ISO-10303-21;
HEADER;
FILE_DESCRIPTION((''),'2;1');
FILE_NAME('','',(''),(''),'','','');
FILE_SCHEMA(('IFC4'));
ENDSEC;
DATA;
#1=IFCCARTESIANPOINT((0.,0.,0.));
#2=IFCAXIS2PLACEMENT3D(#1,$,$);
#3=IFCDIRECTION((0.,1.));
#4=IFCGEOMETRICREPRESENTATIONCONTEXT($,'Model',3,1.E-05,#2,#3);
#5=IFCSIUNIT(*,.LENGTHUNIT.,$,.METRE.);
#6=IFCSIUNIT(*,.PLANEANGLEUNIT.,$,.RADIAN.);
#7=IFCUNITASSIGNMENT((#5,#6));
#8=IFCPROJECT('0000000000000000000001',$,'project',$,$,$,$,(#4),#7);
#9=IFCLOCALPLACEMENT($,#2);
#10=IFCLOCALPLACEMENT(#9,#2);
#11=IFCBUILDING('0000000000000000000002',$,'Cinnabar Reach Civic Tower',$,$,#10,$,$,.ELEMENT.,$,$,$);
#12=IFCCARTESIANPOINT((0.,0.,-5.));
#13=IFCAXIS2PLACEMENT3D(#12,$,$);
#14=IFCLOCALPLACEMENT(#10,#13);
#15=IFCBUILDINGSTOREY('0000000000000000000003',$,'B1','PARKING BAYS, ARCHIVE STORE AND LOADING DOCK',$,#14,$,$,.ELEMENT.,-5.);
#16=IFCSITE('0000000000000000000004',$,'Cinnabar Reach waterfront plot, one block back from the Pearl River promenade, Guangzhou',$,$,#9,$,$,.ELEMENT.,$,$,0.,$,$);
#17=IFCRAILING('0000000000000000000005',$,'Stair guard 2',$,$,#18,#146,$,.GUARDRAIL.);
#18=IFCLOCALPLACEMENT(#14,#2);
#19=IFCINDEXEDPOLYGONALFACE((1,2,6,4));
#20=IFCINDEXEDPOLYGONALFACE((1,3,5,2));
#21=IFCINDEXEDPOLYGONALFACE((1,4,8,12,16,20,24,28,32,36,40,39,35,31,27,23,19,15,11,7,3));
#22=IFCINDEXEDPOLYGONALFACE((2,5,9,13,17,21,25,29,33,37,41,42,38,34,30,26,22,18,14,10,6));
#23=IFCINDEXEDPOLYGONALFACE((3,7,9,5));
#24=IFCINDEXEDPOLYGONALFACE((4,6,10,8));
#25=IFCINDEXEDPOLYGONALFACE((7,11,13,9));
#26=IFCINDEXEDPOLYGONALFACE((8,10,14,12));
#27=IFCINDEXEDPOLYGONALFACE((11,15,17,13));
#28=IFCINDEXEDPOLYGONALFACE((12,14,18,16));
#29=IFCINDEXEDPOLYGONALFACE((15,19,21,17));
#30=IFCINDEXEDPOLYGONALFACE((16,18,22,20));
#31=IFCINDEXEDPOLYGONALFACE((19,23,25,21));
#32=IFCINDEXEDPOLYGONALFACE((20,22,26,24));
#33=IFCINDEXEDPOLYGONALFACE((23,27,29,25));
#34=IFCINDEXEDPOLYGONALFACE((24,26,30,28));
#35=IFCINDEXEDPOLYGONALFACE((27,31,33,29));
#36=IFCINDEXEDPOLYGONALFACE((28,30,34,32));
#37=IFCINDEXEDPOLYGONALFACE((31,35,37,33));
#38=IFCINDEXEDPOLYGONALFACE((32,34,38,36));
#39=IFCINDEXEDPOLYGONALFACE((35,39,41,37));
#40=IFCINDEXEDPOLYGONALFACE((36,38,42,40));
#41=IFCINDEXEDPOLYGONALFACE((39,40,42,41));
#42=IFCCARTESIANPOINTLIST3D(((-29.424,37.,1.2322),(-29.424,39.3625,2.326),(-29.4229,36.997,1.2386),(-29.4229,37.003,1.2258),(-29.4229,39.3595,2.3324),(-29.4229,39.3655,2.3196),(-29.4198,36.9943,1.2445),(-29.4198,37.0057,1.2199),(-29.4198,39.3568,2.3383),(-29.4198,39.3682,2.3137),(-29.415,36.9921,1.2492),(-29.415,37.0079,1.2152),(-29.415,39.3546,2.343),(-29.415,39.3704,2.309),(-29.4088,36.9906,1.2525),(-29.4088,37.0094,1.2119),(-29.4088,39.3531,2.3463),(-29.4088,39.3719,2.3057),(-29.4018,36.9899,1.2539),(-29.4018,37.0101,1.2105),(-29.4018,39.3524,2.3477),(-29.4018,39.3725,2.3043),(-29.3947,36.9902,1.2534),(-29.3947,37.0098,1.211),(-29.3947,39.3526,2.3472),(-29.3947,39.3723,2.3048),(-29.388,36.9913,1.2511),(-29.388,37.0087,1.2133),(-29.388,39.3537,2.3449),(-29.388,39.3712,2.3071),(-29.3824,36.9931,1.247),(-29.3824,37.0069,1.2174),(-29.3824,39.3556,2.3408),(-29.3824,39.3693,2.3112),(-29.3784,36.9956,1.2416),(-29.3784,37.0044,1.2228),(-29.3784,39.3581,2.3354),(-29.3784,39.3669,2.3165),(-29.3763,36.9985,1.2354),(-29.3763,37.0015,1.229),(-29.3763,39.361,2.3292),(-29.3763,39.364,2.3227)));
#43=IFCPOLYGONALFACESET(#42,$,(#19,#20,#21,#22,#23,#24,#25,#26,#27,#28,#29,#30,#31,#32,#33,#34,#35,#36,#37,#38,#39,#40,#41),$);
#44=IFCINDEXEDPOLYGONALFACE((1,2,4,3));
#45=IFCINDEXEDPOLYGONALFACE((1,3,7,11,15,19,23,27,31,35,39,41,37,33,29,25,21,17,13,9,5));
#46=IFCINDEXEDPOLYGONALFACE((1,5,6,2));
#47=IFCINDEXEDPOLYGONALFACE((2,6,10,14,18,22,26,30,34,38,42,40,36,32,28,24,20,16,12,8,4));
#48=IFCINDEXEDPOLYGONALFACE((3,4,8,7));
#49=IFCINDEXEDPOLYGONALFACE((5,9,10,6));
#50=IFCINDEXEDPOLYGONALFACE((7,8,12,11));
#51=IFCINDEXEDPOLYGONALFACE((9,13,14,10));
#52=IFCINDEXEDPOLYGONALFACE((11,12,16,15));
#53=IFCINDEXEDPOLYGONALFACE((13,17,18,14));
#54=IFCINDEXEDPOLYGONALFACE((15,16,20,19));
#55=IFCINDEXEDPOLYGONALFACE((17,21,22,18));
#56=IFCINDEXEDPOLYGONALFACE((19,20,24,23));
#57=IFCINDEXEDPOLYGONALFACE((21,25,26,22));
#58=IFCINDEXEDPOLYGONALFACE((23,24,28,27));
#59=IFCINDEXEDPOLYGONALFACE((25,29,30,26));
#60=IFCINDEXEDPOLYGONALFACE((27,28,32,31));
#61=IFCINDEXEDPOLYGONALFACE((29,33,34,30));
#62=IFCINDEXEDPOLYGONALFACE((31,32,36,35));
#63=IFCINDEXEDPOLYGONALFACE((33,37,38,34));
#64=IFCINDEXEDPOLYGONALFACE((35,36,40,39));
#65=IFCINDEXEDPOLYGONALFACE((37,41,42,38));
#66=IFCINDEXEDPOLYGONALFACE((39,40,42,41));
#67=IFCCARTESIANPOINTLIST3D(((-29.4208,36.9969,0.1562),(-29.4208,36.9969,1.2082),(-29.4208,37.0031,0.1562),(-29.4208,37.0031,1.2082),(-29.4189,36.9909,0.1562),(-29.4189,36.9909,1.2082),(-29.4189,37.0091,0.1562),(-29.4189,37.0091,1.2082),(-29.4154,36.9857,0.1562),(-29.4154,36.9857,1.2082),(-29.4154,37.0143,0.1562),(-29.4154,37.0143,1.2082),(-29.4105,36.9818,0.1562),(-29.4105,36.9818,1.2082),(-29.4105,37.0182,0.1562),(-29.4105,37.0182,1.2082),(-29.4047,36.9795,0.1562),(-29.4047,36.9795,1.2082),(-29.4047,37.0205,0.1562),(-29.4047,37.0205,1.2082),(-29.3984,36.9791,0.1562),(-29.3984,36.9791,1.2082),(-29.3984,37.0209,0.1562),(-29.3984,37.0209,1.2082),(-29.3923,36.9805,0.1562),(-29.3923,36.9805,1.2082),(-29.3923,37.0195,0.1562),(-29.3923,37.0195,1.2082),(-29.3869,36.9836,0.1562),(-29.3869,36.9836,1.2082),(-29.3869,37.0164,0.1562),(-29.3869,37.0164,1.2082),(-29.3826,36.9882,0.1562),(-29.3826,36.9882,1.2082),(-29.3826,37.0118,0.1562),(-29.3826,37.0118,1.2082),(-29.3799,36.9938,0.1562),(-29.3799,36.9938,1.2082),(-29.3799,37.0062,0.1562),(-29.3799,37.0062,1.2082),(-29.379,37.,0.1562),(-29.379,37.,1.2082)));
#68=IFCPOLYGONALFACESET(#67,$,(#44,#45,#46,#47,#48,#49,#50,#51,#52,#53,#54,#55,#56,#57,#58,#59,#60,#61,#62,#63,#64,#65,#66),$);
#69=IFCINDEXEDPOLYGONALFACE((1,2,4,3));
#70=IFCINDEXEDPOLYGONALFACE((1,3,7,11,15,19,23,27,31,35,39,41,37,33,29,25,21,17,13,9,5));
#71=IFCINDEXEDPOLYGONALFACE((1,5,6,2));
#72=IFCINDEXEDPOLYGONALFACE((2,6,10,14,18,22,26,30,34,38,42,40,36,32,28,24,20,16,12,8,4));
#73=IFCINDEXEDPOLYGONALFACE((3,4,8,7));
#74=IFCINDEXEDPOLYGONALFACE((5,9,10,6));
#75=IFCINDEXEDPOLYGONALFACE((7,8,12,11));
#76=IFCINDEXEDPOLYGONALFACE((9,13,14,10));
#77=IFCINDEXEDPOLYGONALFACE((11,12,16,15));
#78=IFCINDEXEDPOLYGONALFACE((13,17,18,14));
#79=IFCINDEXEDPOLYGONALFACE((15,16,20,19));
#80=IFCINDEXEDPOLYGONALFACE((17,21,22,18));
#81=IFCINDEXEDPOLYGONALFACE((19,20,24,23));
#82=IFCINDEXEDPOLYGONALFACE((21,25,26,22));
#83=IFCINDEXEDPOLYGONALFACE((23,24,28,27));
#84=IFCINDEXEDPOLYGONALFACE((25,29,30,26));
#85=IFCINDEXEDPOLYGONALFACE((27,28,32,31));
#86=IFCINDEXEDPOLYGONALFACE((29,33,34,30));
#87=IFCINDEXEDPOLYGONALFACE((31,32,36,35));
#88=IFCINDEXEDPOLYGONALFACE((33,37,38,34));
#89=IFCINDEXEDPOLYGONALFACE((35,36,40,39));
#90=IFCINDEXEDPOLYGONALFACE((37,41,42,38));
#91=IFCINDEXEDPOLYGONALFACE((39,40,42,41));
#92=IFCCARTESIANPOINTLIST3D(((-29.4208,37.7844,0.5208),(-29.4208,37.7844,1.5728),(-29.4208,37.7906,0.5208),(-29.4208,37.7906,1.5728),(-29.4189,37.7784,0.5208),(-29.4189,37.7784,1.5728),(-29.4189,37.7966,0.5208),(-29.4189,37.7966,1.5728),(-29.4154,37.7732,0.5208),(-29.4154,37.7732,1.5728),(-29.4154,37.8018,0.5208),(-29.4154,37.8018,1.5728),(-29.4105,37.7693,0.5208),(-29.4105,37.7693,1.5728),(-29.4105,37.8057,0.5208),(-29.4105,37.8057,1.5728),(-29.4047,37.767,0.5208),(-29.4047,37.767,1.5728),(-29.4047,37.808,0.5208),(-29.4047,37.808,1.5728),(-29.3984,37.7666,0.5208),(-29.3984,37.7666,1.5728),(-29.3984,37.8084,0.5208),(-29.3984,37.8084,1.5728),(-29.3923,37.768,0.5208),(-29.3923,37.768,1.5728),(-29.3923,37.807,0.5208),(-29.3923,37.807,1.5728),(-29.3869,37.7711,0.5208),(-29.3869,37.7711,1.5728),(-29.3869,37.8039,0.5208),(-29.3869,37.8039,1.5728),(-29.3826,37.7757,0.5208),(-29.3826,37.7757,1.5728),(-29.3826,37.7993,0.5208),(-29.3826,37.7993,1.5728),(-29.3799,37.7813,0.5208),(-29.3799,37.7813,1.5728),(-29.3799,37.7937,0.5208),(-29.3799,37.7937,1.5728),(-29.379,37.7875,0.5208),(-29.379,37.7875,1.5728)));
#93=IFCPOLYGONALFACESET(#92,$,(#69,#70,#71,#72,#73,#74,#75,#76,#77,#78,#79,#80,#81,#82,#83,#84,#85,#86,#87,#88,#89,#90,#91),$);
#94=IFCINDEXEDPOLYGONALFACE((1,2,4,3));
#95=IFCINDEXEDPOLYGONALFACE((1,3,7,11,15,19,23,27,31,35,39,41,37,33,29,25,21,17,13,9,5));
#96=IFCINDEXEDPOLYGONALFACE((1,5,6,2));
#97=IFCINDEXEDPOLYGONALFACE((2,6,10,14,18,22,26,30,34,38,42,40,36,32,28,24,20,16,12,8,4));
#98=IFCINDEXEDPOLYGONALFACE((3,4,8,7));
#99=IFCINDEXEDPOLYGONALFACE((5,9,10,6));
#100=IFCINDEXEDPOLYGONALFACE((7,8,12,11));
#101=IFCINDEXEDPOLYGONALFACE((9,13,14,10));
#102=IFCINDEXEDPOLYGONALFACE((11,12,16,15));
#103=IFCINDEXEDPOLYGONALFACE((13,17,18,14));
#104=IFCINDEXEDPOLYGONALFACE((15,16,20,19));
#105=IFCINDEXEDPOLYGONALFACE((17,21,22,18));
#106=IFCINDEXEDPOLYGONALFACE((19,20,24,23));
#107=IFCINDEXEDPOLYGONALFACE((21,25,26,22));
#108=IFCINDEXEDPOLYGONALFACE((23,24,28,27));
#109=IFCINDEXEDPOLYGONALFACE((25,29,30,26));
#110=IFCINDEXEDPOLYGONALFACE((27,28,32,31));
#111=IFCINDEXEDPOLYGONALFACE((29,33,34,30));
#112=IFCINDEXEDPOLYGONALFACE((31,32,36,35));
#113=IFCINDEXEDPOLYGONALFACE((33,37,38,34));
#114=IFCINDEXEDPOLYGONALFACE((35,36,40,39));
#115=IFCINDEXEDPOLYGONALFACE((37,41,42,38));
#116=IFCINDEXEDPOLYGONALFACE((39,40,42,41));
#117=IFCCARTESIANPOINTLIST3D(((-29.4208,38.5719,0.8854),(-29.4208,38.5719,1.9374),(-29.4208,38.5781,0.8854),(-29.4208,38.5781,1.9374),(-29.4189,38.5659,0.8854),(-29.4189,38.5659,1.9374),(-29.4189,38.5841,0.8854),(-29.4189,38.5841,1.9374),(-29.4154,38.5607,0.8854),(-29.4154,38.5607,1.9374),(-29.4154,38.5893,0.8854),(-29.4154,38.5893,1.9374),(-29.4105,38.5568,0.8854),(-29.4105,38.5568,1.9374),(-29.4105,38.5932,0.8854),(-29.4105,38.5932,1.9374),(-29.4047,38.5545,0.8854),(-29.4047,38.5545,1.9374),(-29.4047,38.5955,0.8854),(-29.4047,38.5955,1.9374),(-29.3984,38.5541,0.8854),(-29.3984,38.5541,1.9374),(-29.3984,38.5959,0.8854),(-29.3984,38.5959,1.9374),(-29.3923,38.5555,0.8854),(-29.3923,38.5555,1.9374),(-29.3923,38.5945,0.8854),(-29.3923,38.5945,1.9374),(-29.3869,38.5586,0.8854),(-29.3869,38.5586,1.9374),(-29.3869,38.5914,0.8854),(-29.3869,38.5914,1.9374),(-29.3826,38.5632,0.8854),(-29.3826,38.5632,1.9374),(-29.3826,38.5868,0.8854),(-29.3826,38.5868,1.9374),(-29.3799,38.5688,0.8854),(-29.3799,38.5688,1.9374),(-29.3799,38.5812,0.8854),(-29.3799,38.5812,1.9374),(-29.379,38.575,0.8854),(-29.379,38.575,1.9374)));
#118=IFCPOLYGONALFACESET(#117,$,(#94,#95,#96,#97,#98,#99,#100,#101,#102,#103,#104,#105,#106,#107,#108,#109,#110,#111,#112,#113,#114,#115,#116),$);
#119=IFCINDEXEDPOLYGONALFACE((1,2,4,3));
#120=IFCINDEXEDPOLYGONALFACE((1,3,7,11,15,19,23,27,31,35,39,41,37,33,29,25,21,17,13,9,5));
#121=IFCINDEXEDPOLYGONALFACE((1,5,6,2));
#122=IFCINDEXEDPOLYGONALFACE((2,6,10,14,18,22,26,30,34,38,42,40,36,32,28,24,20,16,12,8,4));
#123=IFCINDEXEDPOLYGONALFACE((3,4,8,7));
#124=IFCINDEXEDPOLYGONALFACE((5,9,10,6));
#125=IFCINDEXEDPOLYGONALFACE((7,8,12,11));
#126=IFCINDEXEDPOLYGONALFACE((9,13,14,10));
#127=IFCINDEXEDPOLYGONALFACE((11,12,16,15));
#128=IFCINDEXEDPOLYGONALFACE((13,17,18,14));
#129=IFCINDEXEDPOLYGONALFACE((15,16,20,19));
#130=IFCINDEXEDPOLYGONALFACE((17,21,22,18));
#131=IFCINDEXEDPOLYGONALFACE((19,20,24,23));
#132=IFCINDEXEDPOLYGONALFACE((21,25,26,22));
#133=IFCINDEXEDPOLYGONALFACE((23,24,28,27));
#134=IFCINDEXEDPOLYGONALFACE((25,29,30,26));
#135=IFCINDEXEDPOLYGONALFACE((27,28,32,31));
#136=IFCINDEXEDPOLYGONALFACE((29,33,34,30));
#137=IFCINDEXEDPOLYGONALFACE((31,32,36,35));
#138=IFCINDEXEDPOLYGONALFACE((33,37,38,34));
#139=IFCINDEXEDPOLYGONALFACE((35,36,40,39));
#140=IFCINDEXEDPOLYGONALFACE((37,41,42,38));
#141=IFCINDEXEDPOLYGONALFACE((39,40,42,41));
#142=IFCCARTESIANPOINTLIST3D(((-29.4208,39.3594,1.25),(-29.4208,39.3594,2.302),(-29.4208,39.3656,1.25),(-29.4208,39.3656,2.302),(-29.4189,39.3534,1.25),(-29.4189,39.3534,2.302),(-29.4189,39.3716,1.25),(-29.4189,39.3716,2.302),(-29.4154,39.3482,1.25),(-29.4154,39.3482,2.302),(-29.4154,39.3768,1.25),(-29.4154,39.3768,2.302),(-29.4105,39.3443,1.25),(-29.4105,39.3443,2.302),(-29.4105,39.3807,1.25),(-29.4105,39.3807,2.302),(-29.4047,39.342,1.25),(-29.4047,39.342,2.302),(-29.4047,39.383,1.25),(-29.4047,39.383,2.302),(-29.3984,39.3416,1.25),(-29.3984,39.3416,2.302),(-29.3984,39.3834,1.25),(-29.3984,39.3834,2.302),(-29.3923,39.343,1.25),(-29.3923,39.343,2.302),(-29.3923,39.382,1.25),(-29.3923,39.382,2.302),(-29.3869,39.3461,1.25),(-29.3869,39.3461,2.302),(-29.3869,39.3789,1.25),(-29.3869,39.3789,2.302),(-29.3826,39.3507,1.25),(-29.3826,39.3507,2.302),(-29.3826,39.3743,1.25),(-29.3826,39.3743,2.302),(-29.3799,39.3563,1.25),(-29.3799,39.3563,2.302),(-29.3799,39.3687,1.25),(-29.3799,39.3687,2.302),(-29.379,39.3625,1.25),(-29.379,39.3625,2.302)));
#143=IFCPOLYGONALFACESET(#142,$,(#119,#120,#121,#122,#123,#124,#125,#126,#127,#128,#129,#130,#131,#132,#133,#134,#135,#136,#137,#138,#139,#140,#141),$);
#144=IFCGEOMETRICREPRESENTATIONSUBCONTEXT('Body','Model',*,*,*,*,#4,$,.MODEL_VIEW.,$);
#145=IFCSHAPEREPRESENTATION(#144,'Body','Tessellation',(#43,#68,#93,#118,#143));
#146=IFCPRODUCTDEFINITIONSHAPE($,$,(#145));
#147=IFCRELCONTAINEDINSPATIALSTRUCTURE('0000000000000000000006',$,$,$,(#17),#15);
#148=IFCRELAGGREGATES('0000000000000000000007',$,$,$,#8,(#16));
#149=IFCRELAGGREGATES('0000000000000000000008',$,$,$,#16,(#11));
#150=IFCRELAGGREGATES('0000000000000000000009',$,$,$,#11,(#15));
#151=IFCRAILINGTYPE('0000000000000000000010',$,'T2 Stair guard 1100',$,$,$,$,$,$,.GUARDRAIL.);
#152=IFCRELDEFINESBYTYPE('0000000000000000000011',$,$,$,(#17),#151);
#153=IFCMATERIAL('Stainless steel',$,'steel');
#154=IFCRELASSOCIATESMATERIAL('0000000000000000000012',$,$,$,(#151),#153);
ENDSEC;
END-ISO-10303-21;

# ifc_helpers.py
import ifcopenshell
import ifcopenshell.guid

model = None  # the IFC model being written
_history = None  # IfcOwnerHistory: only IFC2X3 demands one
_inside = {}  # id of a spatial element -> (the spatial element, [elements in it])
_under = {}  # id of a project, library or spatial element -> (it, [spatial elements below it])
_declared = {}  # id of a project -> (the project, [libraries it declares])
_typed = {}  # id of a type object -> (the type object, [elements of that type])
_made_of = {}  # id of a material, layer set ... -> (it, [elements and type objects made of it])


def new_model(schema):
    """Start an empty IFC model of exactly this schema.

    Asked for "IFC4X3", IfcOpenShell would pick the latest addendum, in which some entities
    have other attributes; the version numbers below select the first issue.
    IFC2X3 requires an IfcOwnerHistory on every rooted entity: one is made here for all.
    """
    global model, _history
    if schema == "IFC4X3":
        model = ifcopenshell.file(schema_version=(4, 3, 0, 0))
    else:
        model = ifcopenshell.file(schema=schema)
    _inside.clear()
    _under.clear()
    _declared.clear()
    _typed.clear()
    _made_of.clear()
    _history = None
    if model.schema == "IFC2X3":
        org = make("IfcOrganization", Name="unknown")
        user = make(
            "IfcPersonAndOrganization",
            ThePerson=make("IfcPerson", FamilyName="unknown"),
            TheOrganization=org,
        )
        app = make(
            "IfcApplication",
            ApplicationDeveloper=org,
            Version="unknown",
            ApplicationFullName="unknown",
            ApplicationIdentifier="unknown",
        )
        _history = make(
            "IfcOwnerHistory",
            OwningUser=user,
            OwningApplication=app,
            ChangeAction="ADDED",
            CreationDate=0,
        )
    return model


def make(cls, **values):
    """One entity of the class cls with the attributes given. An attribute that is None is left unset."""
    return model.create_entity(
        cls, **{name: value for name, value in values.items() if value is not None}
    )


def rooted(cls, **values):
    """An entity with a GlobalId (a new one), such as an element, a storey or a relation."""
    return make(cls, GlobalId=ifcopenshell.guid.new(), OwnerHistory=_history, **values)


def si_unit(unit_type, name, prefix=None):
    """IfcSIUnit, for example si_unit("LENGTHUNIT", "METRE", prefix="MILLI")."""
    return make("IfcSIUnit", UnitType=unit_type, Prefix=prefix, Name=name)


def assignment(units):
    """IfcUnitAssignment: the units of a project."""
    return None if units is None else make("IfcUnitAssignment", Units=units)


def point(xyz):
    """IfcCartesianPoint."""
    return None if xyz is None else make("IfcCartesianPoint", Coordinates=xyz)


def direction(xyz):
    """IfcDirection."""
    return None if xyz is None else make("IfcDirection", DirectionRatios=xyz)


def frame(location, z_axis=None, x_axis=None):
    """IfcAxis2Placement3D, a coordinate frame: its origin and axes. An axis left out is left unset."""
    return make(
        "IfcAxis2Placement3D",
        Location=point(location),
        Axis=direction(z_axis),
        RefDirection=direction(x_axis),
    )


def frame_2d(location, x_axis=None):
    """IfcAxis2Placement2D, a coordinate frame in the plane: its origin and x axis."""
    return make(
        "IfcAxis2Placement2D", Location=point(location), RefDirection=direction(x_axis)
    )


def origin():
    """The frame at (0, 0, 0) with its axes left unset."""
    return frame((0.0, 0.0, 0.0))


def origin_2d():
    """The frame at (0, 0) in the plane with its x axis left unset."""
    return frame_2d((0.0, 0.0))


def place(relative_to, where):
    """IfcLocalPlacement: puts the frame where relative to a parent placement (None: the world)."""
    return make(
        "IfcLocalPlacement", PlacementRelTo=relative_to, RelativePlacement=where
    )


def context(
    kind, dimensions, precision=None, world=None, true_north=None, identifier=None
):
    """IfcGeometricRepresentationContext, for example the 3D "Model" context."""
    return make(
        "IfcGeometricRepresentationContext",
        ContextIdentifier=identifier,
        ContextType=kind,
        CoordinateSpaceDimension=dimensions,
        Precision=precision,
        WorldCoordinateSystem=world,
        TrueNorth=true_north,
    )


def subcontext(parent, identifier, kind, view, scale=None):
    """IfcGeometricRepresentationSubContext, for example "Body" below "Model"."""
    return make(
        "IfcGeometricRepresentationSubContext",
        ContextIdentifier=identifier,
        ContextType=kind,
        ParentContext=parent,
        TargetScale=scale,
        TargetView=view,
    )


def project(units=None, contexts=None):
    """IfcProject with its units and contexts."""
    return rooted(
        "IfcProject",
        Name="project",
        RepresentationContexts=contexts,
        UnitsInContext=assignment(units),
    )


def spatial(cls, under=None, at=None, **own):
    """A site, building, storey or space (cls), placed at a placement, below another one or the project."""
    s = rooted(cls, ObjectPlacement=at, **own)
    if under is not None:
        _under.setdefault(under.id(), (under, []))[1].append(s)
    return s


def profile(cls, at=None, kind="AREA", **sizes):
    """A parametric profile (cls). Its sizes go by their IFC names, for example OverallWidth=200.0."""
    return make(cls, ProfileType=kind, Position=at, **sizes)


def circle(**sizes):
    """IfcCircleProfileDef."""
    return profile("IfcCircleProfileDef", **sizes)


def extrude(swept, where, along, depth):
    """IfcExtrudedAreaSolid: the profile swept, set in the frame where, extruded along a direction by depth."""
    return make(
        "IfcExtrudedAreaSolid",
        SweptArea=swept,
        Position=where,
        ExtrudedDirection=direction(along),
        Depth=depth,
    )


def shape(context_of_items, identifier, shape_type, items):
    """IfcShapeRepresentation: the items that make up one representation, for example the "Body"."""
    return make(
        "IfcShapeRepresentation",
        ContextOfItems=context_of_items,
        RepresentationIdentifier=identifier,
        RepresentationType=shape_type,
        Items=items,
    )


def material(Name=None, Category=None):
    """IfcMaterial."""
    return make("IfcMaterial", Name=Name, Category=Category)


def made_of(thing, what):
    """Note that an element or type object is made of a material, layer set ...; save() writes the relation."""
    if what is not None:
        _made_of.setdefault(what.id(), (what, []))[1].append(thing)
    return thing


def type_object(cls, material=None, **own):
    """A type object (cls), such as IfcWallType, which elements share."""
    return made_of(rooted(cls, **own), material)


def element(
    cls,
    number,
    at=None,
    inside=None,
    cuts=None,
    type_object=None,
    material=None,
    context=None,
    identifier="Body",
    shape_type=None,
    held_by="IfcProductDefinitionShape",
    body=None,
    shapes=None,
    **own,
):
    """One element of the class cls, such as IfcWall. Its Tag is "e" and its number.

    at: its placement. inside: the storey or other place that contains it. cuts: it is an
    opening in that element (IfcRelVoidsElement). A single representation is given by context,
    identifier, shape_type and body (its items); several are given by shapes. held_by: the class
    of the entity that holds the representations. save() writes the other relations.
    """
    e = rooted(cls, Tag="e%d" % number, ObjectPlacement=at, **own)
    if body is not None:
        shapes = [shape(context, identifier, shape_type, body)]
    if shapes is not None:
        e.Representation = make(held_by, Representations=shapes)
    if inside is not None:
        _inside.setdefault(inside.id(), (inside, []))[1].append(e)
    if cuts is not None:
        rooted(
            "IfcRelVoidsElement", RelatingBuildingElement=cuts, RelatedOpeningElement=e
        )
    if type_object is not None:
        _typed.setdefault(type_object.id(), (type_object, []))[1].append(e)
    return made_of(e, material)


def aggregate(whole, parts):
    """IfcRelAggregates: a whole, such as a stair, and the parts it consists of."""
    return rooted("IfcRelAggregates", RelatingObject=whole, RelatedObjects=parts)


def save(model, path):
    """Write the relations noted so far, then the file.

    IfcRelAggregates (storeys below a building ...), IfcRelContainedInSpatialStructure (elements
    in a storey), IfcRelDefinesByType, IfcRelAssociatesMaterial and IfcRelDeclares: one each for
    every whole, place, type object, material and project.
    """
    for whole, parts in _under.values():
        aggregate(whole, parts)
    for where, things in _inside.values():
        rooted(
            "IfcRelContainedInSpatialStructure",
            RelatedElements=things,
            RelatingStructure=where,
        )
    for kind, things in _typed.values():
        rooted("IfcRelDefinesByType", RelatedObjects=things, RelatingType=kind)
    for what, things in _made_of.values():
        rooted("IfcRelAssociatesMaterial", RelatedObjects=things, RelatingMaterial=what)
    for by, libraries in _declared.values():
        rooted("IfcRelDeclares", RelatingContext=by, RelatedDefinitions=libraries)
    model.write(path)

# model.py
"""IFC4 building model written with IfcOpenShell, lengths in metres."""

from ifc_helpers import new_model, si_unit, direction, frame, origin, origin_2d, place, context, subcontext, project, spatial, circle, extrude, material, type_object, element, save


model = new_model("IFC4")

# Units and contexts
model_context = context("Model", 3, precision=1e-05, world=origin(), true_north=direction((0.0, 1.0)))
body_context = subcontext(model_context, "Body", "Model", "MODEL_VIEW")
ifc_project = project(units=[si_unit("LENGTHUNIT", "METRE"), si_unit("PLANEANGLEUNIT", "RADIAN")], contexts=[model_context])

# Site, building, storey
site_placement = place(None, origin())
site = spatial("IfcSite", under=ifc_project, at=site_placement, Name="Cinnabar Reach waterfront plot, one block back from the Pearl River promenade, Guangzhou", CompositionType="ELEMENT", RefElevation=0.0)
building_placement = place(site_placement, origin())
building = spatial("IfcBuilding", under=site, at=building_placement, Name="Cinnabar Reach Civic Tower", CompositionType="ELEMENT")
storey_placement = place(building_placement, frame((0.0, 0.0, -5.0)))
storey = spatial("IfcBuildingStorey", under=building, at=storey_placement, Name="B1", Description="PARKING BAYS, ARCHIVE STORE AND LOADING DOCK", CompositionType="ELEMENT", Elevation=-5.0)

# Railing
ifc_material_1 = material(Name="Stainless steel", Category="steel")
railing_type = type_object("IfcRailingType", Name="T2 Stair guard 1100", PredefinedType="GUARDRAIL", material=ifc_material_1)
railing_1_placement = place(storey_placement, frame((-29.4, 37.0, 0.1562)))
element("IfcRailing", 1, at=railing_1_placement, inside=storey, type_object=railing_type, Name="Stair guard 2", PredefinedType="GUARDRAIL", context=body_context, shape_type="SweptSolid", body=[
    extrude(circle(Radius=0.024, at=origin_2d()), frame((0.0, 0.0, 1.076), z_axis=(0.0, 0.90746, 0.420139), x_axis=(-1.0, 0.0, 0.0)), (0.0, 0.0, 1.0), 2.6034),
    extrude(circle(Radius=0.021, at=origin_2d()), origin(), (0.0, 0.0, 1.0), 1.052),
    extrude(circle(Radius=0.021, at=origin_2d()), frame((0.0, 0.7875, 0.3646)), (0.0, 0.0, 1.0), 1.052),
    extrude(circle(Radius=0.021, at=origin_2d()), frame((0.0, 1.575, 0.7292)), (0.0, 0.0, 1.0), 1.052),
    extrude(circle(Radius=0.021, at=origin_2d()), frame((0.0, 2.3625, 1.0938)), (0.0, 0.0, 1.0), 1.052),
])

save(model, "model.ifc")
